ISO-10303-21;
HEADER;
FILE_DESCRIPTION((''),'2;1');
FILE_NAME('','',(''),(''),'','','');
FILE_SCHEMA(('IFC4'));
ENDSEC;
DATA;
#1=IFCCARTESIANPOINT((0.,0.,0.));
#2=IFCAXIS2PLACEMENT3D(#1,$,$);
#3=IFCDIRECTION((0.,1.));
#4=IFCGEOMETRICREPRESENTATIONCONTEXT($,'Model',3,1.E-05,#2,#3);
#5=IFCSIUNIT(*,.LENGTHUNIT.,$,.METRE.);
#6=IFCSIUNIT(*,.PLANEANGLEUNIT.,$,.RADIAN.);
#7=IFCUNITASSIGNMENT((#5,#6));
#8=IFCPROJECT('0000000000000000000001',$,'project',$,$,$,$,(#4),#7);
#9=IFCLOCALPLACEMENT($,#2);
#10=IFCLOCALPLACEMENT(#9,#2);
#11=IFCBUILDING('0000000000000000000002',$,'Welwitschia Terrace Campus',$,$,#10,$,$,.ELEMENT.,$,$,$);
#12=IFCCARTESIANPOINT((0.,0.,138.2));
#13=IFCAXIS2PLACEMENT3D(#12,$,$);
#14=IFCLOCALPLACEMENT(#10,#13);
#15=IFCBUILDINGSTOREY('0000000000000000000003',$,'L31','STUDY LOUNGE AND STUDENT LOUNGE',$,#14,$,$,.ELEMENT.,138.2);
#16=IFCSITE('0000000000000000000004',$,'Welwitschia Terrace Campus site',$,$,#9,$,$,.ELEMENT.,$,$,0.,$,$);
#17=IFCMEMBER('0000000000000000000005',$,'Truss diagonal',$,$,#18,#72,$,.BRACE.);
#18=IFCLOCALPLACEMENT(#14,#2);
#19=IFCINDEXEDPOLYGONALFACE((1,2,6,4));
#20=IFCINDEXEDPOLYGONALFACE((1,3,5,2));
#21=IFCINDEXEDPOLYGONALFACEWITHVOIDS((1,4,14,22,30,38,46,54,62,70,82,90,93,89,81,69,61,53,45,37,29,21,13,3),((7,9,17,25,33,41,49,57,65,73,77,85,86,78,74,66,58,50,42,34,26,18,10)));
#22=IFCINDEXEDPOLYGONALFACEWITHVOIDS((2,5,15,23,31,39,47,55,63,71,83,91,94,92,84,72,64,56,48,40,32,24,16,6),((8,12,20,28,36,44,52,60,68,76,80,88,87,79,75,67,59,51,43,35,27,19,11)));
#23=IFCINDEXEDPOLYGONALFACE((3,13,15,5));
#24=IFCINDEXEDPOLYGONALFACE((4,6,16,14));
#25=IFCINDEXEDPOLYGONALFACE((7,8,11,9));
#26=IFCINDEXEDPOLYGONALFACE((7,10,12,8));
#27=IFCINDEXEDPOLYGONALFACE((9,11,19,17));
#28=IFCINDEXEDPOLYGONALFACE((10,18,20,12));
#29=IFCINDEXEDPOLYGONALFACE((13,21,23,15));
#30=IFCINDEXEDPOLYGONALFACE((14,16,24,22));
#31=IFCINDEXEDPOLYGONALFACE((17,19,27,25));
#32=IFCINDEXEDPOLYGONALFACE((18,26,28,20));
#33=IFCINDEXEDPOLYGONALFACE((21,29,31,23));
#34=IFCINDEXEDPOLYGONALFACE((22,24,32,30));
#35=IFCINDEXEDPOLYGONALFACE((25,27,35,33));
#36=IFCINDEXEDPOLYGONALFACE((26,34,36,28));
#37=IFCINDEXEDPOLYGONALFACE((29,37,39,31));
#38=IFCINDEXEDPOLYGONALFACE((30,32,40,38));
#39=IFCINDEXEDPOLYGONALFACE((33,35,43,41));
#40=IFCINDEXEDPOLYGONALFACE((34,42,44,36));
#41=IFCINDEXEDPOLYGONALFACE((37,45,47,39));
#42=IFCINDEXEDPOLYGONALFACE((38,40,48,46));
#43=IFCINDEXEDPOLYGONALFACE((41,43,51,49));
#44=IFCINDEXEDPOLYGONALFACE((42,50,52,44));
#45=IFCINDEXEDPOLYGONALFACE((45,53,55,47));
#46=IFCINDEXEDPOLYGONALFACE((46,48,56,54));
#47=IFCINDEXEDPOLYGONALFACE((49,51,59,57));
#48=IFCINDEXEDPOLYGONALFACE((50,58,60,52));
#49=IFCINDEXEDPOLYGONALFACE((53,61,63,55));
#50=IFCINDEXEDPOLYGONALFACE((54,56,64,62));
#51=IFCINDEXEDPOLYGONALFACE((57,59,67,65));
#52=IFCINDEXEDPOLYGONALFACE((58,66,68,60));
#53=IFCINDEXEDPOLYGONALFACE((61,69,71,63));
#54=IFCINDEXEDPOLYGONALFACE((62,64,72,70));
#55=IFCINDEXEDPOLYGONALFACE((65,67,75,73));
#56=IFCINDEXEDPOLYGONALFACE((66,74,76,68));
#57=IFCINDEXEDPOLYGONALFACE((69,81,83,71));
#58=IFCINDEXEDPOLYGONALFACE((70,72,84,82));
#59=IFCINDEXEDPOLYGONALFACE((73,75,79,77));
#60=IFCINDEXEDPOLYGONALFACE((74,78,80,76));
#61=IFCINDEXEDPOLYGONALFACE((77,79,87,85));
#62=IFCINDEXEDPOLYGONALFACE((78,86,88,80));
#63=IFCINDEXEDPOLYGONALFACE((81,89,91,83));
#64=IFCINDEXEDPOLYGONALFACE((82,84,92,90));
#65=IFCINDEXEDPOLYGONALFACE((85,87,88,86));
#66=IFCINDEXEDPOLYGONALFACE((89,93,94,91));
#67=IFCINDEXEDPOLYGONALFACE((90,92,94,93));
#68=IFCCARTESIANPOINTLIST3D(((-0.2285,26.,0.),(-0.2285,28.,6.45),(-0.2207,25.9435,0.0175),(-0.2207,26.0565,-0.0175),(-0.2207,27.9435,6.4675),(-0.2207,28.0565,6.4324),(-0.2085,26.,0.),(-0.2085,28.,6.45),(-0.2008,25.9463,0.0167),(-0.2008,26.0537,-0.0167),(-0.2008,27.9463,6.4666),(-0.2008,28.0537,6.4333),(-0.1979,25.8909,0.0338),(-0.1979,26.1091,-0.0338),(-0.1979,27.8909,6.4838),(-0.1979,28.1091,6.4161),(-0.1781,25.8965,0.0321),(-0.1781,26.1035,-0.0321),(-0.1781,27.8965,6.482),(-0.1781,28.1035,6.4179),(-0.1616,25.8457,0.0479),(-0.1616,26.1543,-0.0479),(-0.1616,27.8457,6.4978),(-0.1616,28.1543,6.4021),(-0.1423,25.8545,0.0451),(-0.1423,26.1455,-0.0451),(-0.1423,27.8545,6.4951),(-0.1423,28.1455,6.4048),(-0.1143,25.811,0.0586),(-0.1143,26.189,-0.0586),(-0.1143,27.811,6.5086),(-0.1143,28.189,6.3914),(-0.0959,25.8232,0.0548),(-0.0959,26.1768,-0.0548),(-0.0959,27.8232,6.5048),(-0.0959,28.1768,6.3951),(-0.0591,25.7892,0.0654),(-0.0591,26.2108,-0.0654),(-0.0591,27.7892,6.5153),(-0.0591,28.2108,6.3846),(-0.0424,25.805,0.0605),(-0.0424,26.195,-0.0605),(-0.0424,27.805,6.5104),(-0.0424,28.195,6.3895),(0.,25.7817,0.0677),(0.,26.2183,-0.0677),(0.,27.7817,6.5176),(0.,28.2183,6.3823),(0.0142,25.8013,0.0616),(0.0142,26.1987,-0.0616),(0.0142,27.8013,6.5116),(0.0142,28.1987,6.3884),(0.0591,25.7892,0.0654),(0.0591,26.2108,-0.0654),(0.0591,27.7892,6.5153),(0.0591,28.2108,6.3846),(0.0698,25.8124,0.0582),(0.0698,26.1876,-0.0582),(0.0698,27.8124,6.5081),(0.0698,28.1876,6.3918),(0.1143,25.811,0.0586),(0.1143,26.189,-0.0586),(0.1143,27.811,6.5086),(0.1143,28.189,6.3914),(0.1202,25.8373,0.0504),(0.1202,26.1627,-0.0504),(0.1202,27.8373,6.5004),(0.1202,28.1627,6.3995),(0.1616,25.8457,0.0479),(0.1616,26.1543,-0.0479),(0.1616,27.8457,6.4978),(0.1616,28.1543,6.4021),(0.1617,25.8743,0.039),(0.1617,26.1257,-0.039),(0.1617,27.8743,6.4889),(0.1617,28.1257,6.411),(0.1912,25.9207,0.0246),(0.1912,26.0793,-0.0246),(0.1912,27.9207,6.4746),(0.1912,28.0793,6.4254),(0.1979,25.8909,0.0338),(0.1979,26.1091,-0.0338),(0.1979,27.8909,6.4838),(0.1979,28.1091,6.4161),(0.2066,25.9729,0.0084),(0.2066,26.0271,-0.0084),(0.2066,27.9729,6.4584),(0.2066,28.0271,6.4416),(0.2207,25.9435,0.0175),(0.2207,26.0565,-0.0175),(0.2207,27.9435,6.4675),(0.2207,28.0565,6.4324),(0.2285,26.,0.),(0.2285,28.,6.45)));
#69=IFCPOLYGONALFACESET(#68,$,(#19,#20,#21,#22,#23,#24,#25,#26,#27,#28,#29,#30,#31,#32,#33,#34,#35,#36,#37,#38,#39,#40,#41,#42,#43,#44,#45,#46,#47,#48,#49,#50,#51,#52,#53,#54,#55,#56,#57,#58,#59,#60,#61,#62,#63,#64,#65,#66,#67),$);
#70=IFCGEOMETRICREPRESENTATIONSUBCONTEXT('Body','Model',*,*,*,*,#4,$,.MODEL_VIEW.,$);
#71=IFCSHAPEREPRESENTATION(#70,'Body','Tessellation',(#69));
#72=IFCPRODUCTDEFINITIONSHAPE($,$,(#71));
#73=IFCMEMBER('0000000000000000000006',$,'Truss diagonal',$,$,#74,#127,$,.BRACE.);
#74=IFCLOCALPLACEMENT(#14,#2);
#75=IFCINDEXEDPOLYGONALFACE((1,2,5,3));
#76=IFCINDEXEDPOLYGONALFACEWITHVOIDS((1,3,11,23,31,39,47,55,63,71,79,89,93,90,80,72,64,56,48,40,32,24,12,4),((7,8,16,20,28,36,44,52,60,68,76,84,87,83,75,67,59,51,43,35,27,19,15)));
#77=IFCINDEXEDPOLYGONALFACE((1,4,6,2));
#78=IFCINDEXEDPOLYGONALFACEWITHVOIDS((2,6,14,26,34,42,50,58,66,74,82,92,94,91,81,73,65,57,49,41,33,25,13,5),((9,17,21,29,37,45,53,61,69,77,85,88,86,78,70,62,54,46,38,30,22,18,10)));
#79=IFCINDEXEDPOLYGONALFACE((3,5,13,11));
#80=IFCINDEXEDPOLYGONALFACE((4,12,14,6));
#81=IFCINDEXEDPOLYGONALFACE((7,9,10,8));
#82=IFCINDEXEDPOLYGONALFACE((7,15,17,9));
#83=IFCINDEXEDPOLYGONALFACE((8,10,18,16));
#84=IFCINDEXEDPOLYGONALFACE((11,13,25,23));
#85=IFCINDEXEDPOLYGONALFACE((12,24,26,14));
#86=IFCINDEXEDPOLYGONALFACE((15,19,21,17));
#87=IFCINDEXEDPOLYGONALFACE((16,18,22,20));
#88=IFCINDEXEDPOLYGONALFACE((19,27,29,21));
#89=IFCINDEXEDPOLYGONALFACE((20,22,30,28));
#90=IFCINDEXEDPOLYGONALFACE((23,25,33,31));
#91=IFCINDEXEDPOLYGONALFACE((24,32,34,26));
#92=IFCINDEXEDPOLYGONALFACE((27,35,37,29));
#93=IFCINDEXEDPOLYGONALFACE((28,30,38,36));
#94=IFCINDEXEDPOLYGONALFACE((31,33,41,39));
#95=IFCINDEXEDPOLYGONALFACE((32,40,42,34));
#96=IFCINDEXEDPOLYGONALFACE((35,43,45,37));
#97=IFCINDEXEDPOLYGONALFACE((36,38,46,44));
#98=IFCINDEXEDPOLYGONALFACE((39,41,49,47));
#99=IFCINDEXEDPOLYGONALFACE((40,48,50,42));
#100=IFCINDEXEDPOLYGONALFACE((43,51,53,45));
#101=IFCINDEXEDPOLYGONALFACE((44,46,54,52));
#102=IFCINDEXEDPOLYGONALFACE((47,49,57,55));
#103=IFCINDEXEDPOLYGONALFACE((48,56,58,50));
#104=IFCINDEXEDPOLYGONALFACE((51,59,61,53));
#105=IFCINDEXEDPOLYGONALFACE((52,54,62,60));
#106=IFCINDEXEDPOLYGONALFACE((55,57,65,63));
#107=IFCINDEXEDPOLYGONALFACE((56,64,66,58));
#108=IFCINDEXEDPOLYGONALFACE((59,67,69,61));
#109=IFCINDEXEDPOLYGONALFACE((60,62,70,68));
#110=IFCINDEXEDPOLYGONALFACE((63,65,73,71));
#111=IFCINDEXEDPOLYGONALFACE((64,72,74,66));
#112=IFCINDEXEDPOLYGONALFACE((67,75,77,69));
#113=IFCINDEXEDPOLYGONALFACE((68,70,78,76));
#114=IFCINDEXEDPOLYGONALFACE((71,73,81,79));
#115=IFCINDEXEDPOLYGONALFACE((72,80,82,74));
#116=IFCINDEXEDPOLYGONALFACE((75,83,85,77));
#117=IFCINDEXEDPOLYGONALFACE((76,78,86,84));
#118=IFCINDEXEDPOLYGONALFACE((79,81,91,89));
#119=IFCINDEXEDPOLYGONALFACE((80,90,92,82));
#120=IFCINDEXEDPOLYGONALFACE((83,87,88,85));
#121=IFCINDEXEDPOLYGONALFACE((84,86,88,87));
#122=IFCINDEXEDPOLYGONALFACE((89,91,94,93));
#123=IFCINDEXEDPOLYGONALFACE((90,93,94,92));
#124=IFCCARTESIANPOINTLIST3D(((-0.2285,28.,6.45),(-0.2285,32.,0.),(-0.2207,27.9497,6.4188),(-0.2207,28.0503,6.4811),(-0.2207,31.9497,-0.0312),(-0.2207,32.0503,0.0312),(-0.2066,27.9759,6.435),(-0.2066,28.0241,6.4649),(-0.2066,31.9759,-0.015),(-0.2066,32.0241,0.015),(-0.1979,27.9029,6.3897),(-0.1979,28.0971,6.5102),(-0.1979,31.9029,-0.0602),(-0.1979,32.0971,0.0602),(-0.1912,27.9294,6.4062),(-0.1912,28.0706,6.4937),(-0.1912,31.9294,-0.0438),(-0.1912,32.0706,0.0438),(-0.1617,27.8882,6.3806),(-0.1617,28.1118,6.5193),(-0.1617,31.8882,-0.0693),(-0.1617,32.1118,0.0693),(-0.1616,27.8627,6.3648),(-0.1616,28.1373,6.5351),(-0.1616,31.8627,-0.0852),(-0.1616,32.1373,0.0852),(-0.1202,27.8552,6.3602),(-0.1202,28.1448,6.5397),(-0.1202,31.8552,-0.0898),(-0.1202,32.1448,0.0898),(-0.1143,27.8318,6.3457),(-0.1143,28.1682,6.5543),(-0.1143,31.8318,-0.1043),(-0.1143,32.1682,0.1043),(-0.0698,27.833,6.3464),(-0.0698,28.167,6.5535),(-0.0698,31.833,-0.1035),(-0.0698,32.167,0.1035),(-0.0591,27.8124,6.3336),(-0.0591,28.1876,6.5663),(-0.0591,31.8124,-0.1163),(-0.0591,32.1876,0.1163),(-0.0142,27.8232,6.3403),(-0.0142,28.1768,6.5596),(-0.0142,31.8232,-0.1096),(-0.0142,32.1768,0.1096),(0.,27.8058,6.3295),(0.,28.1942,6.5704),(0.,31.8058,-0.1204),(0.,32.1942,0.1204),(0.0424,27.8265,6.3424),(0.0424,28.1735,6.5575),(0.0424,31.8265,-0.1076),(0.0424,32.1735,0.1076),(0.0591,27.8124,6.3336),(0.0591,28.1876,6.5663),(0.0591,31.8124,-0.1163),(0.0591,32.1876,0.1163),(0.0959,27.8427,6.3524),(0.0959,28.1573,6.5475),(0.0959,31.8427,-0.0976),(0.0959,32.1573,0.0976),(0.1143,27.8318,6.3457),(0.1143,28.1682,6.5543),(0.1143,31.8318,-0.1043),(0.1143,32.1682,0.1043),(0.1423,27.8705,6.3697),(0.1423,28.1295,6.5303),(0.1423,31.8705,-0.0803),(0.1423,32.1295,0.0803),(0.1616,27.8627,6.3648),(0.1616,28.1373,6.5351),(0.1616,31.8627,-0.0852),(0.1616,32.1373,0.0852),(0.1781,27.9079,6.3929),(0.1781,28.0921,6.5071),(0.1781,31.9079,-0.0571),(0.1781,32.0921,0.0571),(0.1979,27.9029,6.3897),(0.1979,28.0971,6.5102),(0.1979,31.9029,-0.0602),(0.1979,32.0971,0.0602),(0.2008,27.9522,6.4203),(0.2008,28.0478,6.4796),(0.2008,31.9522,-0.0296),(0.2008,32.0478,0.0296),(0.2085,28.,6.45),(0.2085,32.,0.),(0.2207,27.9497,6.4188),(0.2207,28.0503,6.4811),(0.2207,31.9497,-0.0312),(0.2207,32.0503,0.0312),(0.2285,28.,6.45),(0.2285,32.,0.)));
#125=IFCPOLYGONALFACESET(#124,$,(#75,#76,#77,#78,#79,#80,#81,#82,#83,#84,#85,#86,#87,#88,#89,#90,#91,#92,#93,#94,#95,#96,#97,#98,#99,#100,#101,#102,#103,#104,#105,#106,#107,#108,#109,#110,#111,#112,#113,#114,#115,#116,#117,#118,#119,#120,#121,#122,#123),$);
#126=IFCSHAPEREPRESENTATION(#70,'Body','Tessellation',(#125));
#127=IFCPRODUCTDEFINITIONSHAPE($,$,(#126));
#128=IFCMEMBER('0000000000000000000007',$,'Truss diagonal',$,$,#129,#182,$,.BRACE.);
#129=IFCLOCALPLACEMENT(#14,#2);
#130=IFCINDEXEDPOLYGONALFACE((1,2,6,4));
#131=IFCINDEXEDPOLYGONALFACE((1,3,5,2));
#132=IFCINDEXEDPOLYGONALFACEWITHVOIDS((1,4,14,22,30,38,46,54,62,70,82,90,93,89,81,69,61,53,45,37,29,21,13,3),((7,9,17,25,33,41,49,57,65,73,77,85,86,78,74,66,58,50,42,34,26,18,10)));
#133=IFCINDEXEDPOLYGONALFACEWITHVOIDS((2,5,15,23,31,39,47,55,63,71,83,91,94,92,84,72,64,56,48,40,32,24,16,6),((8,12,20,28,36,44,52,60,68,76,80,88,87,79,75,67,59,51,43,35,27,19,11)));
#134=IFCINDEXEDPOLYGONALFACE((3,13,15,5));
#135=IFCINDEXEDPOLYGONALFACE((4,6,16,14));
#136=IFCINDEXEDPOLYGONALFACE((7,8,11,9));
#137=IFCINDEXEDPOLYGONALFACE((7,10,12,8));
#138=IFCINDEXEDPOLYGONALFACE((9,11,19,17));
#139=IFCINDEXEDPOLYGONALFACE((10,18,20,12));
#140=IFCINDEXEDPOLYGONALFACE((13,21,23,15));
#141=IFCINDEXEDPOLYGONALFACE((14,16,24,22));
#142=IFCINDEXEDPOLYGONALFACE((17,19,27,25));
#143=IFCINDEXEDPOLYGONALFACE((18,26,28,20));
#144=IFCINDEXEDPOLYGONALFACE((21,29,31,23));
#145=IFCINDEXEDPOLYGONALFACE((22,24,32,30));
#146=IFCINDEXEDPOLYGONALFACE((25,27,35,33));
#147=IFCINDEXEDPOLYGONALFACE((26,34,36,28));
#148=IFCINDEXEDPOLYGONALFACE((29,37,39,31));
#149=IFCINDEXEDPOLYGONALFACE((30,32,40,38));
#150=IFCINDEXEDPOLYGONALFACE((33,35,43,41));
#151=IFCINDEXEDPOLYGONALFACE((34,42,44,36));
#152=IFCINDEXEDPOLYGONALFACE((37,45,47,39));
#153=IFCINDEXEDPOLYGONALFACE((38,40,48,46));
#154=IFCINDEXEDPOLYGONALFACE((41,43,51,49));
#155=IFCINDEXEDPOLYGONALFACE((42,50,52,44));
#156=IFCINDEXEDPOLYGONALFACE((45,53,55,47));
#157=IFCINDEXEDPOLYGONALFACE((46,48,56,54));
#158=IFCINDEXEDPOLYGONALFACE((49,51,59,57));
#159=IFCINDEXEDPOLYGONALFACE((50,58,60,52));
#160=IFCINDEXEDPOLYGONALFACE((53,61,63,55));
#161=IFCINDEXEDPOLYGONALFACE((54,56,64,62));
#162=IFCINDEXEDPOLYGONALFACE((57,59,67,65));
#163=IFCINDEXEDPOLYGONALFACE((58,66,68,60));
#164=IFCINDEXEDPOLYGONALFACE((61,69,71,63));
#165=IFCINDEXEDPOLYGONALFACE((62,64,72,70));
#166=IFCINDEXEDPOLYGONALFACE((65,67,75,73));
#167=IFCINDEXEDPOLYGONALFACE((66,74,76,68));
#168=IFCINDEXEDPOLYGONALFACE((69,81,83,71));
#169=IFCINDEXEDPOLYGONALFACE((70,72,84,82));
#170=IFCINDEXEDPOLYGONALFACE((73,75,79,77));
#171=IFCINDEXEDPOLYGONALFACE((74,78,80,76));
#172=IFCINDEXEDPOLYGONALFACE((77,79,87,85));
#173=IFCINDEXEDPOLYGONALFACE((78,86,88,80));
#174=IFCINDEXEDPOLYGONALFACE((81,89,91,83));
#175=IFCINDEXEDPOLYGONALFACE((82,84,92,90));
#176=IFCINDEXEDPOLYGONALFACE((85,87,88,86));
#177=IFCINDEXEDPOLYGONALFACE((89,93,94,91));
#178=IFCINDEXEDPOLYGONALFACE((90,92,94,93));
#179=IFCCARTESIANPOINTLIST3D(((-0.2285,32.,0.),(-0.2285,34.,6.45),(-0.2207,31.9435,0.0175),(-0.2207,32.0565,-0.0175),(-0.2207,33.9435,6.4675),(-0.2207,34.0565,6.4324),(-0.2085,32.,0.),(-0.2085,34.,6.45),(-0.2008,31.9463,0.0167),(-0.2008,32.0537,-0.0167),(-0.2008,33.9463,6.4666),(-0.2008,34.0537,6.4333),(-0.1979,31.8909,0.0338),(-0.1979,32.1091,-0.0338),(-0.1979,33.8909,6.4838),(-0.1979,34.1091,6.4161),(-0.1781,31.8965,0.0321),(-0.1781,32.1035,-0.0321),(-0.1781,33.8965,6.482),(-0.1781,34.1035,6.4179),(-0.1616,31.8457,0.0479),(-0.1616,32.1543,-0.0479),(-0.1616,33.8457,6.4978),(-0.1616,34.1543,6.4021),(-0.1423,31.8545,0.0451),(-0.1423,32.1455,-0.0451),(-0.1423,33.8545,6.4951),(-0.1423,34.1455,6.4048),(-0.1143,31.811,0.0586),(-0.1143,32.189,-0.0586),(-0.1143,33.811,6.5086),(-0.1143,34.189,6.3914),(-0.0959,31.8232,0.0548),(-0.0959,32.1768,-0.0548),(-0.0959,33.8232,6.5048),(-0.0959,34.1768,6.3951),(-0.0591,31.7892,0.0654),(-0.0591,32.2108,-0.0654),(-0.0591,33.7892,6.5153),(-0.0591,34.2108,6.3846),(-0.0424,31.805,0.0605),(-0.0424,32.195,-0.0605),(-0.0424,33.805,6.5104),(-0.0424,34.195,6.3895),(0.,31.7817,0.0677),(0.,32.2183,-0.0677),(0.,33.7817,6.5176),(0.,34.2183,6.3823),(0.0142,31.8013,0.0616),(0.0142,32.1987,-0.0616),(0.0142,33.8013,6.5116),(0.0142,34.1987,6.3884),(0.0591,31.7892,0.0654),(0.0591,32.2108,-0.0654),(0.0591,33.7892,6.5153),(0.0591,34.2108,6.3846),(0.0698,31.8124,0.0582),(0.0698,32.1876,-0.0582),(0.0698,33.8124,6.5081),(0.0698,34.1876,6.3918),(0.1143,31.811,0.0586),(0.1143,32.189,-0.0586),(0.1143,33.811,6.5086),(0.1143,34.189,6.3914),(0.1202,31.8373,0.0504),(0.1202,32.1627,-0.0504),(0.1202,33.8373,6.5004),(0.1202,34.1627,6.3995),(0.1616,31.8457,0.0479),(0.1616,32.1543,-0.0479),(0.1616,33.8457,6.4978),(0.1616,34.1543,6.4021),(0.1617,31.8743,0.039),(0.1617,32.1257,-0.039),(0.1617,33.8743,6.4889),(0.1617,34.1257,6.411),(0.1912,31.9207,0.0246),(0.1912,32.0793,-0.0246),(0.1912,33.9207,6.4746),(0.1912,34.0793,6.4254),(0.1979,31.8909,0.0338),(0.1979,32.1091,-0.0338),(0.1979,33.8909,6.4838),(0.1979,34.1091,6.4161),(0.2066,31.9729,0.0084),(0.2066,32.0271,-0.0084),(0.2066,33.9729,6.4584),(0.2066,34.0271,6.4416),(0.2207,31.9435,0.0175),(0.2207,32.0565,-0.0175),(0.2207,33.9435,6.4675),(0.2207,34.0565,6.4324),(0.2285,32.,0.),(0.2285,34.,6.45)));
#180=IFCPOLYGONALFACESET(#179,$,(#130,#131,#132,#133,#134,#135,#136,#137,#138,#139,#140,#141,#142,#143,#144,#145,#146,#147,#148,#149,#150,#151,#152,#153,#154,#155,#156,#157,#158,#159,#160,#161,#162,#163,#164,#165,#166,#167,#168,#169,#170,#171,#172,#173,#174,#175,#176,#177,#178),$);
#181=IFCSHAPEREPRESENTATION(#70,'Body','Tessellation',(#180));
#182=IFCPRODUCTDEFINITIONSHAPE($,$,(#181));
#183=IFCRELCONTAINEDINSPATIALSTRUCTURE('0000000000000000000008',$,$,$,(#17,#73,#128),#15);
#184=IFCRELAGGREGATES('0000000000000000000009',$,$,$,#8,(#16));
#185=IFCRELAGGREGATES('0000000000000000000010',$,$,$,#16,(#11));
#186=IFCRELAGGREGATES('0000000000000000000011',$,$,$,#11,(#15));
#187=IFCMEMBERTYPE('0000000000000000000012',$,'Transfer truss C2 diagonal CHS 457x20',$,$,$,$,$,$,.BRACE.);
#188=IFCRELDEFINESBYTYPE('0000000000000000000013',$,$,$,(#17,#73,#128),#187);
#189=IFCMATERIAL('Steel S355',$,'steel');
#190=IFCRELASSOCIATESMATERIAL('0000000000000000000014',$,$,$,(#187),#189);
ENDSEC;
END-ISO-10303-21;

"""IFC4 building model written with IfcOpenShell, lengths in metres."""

from ifc_helpers import new_model, si_unit, direction, frame, origin, origin_2d, place, context, subcontext, project, spatial, hollow_circle, extrude, material, material_profile, profile_set, type_object, element, save


model = new_model("IFC4")

# Units and contexts
model_context = context("Model", 3, precision=1e-05, world=origin(), true_north=direction((0.0, 1.0)))
body_context = subcontext(model_context, "Body", "Model", "MODEL_VIEW")
ifc_project = project(units=[si_unit("LENGTHUNIT", "METRE"), si_unit("PLANEANGLEUNIT", "RADIAN")], contexts=[model_context])

# Site, building, storey
site_placement = place(None, origin())
site = spatial("IfcSite", under=ifc_project, at=site_placement, Name="Welwitschia Terrace Campus site", CompositionType="ELEMENT", RefElevation=0.0)
building_placement = place(site_placement, origin())
building = spatial("IfcBuilding", under=site, at=building_placement, Name="Welwitschia Terrace Campus", CompositionType="ELEMENT")
storey_placement = place(building_placement, frame((0.0, 0.0, 138.2)))
storey = spatial("IfcBuildingStorey", under=building, at=storey_placement, Name="L31", Description="STUDY LOUNGE AND STUDENT LOUNGE", CompositionType="ELEMENT", Elevation=138.2)

# Members
ifc_material_1 = material(Name="Steel S355", Category="steel")
ifc_material_profile_1 = material_profile(ifc_material_1, hollow_circle(Radius=0.2285, WallThickness=0.02, at=origin_2d()))
ifc_profile_set_1 = profile_set([ifc_material_profile_1], Name="Steel S355")
member_type_1 = type_object("IfcMemberType", Name="Transfer truss C2 diagonal CHS 457x20", PredefinedType="BRACE", material=ifc_profile_set_1)
member_1_placement = place(storey_placement, frame((0.0, 26.0, 0.0), z_axis=(0.0, 0.296168, 0.955136), x_axis=(-1.0, 0.0, 0.0)))
element("IfcMember", 1, at=member_1_placement, inside=storey, type_object=member_type_1, Name="Truss diagonal", PredefinedType="BRACE", context=body_context, shape_type="SweptSolid", body=[
    extrude(hollow_circle(Radius=0.2285, WallThickness=0.02, at=origin_2d()), origin(), (0.0, 0.0, 1.0), 6.7529),
])
member_2_placement = place(storey_placement, frame((0.0, 32.0, 0.0), z_axis=(0.0, -0.527038, 0.849842), x_axis=(1.0, 0.0, 0.0)))
element("IfcMember", 2, at=member_2_placement, inside=storey, type_object=member_type_1, Name="Truss diagonal", PredefinedType="BRACE", context=body_context, shape_type="SweptSolid", body=[
    extrude(hollow_circle(Radius=0.2285, WallThickness=0.02, at=origin_2d()), origin(), (0.0, 0.0, 1.0), 7.5896),
])
member_3_placement = place(storey_placement, frame((0.0, 32.0, 0.0), z_axis=(0.0, 0.296168, 0.955136), x_axis=(-1.0, 0.0, 0.0)))
element("IfcMember", 3, at=member_3_placement, inside=storey, type_object=member_type_1, Name="Truss diagonal", PredefinedType="BRACE", context=body_context, shape_type="SweptSolid", body=[
    extrude(hollow_circle(Radius=0.2285, WallThickness=0.02, at=origin_2d()), origin(), (0.0, 0.0, 1.0), 6.7529),
])

save(model, "model.ifc")
